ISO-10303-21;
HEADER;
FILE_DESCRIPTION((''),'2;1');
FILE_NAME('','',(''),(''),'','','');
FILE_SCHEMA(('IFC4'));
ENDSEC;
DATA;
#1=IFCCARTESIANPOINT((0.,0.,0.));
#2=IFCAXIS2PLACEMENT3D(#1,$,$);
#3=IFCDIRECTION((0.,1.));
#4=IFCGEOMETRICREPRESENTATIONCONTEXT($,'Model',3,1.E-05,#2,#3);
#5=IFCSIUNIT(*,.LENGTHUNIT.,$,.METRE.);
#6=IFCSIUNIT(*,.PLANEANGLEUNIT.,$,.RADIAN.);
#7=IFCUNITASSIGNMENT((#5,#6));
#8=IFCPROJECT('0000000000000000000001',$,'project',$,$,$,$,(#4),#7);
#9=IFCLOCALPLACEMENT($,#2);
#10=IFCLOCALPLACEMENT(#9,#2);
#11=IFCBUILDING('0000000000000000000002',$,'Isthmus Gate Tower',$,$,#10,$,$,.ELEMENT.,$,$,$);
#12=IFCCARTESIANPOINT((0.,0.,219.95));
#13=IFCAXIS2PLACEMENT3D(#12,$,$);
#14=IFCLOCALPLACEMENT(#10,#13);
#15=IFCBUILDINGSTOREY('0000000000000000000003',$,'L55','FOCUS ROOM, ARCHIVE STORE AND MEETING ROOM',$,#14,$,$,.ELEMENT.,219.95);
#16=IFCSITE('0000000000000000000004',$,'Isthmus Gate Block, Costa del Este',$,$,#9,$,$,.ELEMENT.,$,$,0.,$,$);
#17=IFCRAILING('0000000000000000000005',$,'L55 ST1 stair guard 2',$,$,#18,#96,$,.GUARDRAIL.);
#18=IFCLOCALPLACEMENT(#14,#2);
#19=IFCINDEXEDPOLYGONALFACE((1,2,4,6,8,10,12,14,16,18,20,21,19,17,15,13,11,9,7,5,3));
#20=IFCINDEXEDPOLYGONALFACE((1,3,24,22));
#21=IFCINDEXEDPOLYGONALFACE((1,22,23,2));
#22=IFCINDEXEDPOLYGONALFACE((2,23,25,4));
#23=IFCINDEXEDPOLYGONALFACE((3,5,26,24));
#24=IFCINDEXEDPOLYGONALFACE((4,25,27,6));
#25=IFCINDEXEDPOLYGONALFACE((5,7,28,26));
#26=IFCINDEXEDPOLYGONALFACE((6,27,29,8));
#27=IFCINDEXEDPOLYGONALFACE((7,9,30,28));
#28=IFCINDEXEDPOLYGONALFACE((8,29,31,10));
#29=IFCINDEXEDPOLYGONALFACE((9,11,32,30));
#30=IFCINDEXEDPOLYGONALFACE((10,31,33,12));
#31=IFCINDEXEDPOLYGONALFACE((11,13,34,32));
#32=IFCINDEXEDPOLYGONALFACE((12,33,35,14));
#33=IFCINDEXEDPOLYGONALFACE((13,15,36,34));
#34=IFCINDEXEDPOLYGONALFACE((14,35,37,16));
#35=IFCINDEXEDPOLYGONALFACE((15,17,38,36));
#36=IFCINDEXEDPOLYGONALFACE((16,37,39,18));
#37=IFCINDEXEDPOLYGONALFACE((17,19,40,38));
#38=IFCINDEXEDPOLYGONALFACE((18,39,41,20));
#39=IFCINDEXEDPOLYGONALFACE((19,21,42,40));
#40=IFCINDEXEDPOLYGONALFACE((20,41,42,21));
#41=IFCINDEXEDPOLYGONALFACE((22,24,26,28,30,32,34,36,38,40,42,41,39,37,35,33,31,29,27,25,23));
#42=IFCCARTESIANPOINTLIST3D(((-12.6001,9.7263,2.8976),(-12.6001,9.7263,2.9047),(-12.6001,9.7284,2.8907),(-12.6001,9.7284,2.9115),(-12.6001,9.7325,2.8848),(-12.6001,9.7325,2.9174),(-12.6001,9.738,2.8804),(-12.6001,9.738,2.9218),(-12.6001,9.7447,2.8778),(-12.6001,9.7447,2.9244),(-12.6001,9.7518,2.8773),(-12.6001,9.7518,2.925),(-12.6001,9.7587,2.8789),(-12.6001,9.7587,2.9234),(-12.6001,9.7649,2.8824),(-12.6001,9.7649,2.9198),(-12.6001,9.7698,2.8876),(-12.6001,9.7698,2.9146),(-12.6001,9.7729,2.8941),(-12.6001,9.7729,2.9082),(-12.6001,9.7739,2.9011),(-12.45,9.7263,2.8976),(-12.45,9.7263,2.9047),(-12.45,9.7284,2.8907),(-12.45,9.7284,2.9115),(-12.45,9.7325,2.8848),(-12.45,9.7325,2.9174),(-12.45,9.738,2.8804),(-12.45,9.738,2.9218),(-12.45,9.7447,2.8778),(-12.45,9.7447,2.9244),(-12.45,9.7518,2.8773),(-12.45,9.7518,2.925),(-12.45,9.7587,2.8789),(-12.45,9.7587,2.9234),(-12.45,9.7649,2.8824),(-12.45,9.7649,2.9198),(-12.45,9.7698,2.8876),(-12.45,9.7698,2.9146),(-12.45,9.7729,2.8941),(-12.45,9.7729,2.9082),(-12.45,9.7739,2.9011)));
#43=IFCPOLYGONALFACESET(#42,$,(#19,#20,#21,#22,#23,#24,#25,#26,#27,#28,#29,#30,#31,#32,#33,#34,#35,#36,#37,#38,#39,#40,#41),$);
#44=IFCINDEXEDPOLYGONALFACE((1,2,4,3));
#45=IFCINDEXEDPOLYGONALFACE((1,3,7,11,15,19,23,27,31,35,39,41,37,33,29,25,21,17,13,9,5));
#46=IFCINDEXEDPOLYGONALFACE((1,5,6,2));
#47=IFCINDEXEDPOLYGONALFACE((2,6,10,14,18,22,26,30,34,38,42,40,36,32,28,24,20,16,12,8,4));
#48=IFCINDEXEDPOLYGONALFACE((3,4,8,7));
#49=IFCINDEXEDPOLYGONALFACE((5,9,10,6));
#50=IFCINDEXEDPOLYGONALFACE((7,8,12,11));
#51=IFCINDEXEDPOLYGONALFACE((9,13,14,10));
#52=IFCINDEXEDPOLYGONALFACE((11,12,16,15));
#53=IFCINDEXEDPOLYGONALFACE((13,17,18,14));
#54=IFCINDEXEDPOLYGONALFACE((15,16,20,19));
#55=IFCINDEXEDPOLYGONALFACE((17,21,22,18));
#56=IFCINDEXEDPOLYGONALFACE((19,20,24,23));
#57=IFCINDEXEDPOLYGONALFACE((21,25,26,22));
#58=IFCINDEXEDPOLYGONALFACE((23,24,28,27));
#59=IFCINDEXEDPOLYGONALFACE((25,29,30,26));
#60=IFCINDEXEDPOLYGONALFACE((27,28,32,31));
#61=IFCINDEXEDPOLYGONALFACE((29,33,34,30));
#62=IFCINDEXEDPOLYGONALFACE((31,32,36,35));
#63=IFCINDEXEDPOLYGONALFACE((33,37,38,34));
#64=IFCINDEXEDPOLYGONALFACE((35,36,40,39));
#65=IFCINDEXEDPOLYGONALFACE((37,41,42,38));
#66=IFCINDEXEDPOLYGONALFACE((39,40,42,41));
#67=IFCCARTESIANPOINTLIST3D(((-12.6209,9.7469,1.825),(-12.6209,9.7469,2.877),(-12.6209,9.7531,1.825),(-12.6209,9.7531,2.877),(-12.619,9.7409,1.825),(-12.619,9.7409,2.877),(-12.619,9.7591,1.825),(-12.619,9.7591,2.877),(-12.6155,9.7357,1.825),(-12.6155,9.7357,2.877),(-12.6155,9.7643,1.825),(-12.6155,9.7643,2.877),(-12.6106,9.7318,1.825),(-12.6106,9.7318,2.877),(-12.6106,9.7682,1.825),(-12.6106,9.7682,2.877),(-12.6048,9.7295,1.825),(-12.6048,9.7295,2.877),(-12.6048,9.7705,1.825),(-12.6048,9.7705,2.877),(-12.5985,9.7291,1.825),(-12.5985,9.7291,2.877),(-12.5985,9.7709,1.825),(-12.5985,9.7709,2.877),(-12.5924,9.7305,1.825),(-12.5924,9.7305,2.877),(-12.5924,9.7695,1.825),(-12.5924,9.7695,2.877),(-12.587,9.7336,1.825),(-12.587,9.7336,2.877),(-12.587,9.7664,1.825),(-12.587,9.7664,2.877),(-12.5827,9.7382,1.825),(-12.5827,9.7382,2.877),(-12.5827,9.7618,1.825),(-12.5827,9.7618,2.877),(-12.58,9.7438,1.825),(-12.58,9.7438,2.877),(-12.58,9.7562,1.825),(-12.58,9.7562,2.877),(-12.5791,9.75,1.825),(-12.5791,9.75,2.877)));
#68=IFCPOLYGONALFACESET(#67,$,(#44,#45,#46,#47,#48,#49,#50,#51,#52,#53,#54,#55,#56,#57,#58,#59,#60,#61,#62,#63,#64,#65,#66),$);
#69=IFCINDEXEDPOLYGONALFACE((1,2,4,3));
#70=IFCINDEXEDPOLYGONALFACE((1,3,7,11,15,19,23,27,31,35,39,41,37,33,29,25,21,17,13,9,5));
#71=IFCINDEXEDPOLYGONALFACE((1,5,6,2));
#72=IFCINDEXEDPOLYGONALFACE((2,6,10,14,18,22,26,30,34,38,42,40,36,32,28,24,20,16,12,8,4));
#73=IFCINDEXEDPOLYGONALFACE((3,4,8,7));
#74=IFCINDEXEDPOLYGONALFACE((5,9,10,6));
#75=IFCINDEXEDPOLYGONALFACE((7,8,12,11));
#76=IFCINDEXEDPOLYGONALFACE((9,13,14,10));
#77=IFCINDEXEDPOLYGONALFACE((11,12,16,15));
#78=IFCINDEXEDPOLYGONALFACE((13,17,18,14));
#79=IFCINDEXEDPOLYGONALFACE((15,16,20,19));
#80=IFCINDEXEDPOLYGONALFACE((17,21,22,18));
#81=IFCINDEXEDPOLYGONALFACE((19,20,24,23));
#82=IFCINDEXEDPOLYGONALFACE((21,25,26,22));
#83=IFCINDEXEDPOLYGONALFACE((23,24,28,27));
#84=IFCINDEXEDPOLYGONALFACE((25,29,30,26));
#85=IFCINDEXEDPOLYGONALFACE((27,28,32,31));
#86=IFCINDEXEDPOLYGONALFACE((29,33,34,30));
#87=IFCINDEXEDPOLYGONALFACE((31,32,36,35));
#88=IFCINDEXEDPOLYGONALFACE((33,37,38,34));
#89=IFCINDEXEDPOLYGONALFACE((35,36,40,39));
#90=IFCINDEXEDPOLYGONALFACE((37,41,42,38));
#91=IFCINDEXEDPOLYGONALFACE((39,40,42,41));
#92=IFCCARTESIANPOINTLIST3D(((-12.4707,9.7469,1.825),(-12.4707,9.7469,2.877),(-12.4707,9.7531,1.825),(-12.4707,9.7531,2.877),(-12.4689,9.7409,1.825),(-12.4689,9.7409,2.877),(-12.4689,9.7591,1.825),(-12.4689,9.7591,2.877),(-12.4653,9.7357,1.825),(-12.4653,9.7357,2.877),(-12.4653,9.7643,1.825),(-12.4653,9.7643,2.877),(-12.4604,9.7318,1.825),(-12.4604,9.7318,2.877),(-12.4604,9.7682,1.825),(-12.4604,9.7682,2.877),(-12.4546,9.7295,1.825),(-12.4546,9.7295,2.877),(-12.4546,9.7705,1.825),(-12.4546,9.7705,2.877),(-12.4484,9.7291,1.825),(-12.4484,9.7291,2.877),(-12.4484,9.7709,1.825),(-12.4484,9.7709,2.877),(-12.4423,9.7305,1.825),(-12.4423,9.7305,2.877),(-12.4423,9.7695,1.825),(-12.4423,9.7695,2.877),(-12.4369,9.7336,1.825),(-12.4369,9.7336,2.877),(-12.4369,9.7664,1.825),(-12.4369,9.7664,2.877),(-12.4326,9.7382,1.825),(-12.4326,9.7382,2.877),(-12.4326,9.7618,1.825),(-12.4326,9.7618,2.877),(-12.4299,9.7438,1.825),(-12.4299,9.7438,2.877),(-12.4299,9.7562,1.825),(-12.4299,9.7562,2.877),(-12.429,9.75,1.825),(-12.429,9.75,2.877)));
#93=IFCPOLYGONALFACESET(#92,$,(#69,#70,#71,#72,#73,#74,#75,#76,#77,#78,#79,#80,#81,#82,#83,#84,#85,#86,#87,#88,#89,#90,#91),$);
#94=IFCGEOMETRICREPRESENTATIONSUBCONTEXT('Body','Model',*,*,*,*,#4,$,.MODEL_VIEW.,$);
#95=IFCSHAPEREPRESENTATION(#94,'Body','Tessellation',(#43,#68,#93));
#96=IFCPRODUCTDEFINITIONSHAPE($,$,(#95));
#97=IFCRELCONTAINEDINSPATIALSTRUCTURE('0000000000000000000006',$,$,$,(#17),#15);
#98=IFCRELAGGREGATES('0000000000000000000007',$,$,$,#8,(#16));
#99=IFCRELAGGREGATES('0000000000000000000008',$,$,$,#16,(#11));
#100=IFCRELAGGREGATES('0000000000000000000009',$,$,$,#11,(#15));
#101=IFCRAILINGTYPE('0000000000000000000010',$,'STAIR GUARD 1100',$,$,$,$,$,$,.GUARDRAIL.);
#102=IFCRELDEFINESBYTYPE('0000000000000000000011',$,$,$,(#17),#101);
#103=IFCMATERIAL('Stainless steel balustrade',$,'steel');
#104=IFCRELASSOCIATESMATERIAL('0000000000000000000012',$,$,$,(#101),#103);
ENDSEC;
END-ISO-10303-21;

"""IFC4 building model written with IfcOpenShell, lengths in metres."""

from ifc_helpers import new_model, si_unit, direction, frame, origin, origin_2d, place, context, subcontext, project, spatial, circle, extrude, material, type_object, element, save


model = new_model("IFC4")

# Units and contexts
model_context = context("Model", 3, precision=1e-05, world=origin(), true_north=direction((0.0, 1.0)))
body_context = subcontext(model_context, "Body", "Model", "MODEL_VIEW")
ifc_project = project(units=[si_unit("LENGTHUNIT", "METRE"), si_unit("PLANEANGLEUNIT", "RADIAN")], contexts=[model_context])

# Site, building, storey
site_placement = place(None, origin())
site = spatial("IfcSite", under=ifc_project, at=site_placement, Name="Isthmus Gate Block, Costa del Este", CompositionType="ELEMENT", RefElevation=0.0)
building_placement = place(site_placement, origin())
building = spatial("IfcBuilding", under=site, at=building_placement, Name="Isthmus Gate Tower", CompositionType="ELEMENT")
storey_placement = place(building_placement, frame((0.0, 0.0, 219.95)))
storey = spatial("IfcBuildingStorey", under=building, at=storey_placement, Name="L55", Description="FOCUS ROOM, ARCHIVE STORE AND MEETING ROOM", CompositionType="ELEMENT", Elevation=219.95)

# Railing
ifc_material_1 = material(Name="Stainless steel balustrade", Category="steel")
railing_type_1 = type_object("IfcRailingType", Name="STAIR GUARD 1100", PredefinedType="GUARDRAIL", material=ifc_material_1)
railing_1_placement = place(storey_placement, frame((-12.6001, 9.75, 1.825)))
element("IfcRailing", 1, at=railing_1_placement, inside=storey, type_object=railing_type_1, Name="L55 ST1 stair guard 2", PredefinedType="GUARDRAIL", context=body_context, shape_type="SweptSolid", body=[
    extrude(circle(Radius=0.0239, at=origin_2d()), frame((0.0, 0.0, 1.0762), z_axis=(1.0, 0.0, 0.0), x_axis=(0.0, 1.0, 0.0)), (0.0, 0.0, 1.0), 0.1501),
    extrude(circle(Radius=0.021, at=origin_2d()), origin(), (0.0, 0.0, 1.0), 1.052),
    extrude(circle(Radius=0.021, at=origin_2d()), frame((0.1501, 0.0, 0.0)), (0.0, 0.0, 1.0), 1.052),
])

save(model, "model.ifc")
